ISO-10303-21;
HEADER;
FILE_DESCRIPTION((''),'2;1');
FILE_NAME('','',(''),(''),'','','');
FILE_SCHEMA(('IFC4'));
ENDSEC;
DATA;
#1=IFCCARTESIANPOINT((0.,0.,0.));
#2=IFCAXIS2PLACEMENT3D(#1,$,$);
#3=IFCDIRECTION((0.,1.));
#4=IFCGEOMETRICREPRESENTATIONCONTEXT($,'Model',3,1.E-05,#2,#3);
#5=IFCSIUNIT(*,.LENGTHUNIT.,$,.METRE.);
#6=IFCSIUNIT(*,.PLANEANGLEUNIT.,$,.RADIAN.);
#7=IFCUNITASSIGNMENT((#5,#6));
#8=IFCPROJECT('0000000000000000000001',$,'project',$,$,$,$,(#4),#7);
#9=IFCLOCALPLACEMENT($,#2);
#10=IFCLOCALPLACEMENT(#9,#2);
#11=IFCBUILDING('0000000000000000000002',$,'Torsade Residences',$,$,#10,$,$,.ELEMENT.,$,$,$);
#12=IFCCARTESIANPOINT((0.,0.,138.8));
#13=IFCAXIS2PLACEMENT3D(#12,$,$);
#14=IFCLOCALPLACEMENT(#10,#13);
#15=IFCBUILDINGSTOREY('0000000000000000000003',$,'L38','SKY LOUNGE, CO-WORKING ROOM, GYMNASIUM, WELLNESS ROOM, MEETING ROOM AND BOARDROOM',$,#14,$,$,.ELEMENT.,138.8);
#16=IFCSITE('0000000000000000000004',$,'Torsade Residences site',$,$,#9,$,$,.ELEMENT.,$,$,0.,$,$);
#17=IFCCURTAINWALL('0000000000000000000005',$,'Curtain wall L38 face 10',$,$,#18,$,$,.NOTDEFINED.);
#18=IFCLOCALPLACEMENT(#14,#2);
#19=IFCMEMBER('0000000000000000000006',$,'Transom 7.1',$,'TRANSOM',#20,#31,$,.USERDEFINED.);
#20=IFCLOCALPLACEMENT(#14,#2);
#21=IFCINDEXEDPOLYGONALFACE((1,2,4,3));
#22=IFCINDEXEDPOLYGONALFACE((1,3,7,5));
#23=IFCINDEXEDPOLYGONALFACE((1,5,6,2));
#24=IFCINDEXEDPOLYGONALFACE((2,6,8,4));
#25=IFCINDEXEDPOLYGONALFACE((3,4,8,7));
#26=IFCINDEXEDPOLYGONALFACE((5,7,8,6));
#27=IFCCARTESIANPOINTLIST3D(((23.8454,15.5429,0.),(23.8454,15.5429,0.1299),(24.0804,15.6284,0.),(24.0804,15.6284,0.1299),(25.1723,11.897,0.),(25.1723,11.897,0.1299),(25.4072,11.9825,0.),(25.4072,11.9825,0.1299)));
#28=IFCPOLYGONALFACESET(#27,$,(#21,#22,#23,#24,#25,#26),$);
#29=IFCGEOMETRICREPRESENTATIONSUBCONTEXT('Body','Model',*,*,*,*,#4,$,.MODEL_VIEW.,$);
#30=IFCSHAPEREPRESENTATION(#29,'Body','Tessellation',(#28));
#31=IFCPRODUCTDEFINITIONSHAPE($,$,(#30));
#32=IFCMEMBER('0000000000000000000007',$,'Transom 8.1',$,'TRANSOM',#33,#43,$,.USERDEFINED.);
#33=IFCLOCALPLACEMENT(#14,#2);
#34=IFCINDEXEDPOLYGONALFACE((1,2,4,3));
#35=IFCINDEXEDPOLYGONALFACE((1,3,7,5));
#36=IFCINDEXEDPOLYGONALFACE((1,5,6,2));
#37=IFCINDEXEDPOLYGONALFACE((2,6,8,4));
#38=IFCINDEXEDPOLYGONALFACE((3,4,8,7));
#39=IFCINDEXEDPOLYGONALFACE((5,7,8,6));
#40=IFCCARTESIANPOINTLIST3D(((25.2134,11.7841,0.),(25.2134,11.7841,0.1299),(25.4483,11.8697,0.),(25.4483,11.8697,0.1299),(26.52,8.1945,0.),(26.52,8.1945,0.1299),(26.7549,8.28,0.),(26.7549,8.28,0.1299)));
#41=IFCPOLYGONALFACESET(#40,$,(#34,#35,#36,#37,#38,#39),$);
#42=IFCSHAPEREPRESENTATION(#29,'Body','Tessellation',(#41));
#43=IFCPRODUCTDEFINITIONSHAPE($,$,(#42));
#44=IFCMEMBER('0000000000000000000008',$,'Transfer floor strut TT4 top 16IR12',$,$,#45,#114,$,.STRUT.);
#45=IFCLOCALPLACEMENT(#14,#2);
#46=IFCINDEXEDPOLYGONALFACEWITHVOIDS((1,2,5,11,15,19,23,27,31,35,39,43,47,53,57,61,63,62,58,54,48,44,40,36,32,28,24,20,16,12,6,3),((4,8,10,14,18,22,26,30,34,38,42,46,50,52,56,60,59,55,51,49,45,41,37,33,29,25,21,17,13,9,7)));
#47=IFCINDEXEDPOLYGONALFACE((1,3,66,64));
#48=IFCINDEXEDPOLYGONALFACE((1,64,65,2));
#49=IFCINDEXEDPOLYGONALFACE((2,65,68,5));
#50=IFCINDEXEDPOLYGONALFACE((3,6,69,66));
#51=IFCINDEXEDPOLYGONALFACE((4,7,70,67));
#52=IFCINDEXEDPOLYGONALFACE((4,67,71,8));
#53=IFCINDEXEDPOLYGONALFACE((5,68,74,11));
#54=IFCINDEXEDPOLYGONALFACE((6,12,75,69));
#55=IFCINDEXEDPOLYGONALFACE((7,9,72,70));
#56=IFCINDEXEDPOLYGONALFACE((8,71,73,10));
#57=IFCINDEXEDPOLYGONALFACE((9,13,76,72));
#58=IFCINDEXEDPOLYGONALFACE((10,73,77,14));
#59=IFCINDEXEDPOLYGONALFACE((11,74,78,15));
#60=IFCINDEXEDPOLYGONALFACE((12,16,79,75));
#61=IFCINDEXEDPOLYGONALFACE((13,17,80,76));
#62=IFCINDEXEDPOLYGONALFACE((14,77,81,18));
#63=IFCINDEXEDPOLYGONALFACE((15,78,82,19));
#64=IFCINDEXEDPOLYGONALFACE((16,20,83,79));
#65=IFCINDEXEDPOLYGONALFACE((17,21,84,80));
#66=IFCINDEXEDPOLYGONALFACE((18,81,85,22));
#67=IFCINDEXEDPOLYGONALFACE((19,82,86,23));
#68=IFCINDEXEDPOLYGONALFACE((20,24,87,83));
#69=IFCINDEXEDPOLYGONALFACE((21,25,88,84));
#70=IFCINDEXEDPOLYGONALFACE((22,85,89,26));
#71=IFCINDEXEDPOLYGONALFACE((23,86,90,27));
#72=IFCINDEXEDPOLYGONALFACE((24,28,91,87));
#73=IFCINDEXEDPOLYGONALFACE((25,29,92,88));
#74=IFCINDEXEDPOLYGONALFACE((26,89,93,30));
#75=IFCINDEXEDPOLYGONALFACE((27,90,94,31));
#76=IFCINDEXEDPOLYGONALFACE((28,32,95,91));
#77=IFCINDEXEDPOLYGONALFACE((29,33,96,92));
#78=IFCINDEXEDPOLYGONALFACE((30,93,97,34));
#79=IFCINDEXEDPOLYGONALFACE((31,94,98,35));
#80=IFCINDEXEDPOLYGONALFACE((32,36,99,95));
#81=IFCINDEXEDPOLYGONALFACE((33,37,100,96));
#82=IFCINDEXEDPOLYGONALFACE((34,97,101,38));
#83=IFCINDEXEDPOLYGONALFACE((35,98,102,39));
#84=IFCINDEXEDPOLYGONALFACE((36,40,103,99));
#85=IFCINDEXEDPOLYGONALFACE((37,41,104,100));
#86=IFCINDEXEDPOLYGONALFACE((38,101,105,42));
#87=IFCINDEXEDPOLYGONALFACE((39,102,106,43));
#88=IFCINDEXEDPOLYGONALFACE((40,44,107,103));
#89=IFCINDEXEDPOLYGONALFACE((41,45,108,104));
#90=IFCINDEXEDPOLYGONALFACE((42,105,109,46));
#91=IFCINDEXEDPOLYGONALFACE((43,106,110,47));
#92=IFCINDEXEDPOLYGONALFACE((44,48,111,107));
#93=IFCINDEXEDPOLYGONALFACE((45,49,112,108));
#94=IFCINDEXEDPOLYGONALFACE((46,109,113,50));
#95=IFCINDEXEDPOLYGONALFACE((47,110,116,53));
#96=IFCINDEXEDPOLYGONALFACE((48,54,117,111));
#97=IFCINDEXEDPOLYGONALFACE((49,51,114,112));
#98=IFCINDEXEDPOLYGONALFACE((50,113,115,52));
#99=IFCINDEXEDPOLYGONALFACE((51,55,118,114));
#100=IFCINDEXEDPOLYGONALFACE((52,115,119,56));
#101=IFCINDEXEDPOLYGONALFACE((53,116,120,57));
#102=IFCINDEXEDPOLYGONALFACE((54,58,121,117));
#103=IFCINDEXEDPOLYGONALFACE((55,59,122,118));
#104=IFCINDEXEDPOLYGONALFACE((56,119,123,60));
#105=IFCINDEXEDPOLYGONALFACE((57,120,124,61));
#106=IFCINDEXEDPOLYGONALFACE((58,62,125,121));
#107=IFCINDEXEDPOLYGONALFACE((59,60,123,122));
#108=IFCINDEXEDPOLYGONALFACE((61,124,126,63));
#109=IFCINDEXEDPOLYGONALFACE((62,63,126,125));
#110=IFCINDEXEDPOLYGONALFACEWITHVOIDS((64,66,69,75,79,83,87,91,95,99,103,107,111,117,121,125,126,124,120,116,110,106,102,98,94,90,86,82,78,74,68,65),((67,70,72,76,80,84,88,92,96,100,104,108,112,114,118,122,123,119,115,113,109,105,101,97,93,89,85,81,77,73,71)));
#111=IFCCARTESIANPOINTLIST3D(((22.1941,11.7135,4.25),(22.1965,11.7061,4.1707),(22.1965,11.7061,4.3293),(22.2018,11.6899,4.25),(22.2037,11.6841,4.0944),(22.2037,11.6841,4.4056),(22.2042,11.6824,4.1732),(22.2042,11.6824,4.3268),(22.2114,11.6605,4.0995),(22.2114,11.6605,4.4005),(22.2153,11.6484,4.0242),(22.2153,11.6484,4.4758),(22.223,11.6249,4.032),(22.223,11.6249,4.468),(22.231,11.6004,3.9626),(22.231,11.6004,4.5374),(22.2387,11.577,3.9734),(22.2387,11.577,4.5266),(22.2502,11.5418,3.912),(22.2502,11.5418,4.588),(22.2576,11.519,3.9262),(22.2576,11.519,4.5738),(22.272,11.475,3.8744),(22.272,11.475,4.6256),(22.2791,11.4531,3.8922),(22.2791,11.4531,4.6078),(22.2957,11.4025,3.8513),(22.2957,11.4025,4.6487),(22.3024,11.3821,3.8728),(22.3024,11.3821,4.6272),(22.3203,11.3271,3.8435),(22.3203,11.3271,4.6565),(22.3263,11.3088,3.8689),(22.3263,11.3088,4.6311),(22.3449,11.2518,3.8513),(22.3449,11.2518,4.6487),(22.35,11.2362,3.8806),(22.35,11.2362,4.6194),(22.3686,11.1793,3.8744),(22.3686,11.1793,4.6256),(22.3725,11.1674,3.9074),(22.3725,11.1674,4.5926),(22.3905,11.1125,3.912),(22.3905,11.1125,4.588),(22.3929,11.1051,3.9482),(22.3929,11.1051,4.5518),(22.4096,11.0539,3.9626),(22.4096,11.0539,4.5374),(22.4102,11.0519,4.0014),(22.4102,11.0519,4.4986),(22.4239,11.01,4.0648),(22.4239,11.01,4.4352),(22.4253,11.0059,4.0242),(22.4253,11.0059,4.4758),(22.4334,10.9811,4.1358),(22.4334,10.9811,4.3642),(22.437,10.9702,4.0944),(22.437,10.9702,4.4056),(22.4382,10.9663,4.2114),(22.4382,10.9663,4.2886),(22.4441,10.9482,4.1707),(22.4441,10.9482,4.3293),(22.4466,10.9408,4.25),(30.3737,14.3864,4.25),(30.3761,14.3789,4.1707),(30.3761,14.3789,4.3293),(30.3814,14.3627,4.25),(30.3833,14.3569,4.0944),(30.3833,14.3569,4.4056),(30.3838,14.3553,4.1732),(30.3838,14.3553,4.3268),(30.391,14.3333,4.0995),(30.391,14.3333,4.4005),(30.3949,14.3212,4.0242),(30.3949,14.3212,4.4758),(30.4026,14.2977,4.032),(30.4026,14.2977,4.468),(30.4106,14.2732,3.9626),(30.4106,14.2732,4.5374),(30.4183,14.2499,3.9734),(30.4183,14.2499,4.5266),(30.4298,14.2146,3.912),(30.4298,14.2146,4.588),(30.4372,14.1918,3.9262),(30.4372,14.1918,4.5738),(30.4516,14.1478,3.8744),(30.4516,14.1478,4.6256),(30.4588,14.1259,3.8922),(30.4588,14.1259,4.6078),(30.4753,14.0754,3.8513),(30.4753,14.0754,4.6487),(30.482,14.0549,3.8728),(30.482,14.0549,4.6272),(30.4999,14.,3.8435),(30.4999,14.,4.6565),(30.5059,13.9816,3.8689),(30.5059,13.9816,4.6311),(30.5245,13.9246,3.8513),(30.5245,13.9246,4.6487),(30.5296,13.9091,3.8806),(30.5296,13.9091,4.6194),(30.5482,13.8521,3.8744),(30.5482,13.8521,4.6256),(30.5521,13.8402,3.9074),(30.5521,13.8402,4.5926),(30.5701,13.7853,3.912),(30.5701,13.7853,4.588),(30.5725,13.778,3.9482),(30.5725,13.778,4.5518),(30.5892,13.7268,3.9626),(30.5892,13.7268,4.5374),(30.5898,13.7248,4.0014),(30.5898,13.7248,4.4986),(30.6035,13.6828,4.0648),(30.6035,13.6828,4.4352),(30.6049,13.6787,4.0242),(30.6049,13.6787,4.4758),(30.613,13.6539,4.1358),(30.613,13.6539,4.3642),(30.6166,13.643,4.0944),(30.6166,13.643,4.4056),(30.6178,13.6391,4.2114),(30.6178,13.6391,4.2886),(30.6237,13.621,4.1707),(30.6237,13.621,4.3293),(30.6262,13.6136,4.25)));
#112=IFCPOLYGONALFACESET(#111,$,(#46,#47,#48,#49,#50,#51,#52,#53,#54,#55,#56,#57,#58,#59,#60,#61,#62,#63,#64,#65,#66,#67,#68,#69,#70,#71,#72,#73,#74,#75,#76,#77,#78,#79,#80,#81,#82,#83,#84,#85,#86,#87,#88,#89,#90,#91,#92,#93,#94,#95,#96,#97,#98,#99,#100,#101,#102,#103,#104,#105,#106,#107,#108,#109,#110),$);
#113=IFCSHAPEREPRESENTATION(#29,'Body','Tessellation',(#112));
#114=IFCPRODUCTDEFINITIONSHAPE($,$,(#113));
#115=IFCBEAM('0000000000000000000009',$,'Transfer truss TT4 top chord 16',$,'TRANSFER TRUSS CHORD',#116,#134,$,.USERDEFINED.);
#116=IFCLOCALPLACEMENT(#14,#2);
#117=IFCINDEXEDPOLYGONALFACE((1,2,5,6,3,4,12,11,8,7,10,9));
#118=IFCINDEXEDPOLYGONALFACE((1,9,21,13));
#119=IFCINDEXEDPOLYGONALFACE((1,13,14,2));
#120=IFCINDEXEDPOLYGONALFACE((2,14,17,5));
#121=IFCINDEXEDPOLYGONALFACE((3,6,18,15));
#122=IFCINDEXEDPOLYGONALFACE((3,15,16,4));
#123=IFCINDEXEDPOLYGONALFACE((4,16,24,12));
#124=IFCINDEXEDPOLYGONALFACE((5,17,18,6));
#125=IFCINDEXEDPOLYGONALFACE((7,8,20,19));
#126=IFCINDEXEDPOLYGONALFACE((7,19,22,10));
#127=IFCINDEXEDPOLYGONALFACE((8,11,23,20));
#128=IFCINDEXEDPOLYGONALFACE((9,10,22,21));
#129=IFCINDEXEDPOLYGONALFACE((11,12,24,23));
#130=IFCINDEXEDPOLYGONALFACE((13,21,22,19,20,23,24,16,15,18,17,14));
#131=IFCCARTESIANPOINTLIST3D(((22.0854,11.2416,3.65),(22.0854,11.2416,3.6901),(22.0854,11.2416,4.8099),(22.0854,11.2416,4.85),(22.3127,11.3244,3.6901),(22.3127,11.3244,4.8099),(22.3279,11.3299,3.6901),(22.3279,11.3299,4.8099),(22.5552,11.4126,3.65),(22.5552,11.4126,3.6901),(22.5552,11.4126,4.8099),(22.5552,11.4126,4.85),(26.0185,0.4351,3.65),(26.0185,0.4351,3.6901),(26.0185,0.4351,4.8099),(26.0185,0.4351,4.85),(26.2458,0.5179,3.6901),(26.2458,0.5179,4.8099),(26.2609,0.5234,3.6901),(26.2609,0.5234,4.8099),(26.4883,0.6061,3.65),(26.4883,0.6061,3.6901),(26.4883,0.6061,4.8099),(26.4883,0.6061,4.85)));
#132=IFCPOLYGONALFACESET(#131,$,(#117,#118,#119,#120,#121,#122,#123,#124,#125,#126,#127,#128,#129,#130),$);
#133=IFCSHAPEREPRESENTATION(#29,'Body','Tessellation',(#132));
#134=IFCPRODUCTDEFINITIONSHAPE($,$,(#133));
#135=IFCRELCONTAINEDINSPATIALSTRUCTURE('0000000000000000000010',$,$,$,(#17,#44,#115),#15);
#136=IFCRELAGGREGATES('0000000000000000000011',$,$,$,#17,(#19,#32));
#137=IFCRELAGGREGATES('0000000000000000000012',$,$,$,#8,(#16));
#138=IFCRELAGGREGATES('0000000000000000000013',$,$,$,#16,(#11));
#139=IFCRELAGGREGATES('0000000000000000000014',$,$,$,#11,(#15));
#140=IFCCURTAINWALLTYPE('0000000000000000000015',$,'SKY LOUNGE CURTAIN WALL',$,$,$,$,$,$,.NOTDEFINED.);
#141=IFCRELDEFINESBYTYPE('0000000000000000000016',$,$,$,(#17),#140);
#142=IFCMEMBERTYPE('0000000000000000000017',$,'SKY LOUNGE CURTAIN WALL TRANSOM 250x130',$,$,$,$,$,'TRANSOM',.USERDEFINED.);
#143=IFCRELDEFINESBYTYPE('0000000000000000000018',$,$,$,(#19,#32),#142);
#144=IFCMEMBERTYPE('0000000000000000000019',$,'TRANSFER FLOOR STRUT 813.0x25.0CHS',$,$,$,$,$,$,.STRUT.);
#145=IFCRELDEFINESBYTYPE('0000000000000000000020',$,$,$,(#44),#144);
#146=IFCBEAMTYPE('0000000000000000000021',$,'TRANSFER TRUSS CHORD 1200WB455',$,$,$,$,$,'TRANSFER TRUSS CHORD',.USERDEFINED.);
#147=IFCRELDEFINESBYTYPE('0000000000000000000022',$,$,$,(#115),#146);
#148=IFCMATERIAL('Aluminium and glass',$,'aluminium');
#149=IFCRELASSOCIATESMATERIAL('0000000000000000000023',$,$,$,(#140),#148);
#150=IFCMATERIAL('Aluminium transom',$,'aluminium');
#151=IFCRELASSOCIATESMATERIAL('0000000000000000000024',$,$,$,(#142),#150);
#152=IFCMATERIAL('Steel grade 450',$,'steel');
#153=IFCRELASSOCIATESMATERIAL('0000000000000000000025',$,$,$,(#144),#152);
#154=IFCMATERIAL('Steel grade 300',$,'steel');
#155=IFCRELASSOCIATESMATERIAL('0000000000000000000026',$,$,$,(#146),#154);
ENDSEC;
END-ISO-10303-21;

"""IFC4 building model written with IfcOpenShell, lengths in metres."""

from ifc_helpers import new_model, si_unit, direction, frame, origin, origin_2d, place, context, subcontext, project, spatial, rectangle, hollow_circle, i_section, extrude, material, material_profile, profile_set, type_object, element, aggregate, save


model = new_model("IFC4")

# Units and contexts
model_context = context("Model", 3, precision=1e-05, world=origin(), true_north=direction((0.0, 1.0)))
body_context = subcontext(model_context, "Body", "Model", "MODEL_VIEW")
ifc_project = project(units=[si_unit("LENGTHUNIT", "METRE"), si_unit("PLANEANGLEUNIT", "RADIAN")], contexts=[model_context])

# Site, building, storey
site_placement = place(None, origin())
site = spatial("IfcSite", under=ifc_project, at=site_placement, Name="Torsade Residences site", CompositionType="ELEMENT", RefElevation=0.0)
building_placement = place(site_placement, origin())
building = spatial("IfcBuilding", under=site, at=building_placement, Name="Torsade Residences", CompositionType="ELEMENT")
storey_placement = place(building_placement, frame((0.0, 0.0, 138.8)))
storey = spatial("IfcBuildingStorey", under=building, at=storey_placement, Name="L38", Description="SKY LOUNGE, CO-WORKING ROOM, GYMNASIUM, WELLNESS ROOM, MEETING ROOM AND BOARDROOM", CompositionType="ELEMENT", Elevation=138.8)

# Curtain wall, members
ifc_material_1 = material(Name="Aluminium and glass", Category="aluminium")
curtain_wall_type = type_object("IfcCurtainWallType", Name="SKY LOUNGE CURTAIN WALL", PredefinedType="NOTDEFINED", material=ifc_material_1)
curtain_wall_placement = place(storey_placement, origin())
curtain_wall = element("IfcCurtainWall", 1, at=curtain_wall_placement, inside=storey, type_object=curtain_wall_type, Name="Curtain wall L38 face 10", PredefinedType="NOTDEFINED")
ifc_material_2 = material(Name="Aluminium transom", Category="aluminium")
ifc_material_profile_1 = material_profile(ifc_material_2, rectangle(XDim=0.25, YDim=0.1299, at=origin_2d()), Name="SKY LOUNGE CURTAIN WALL TRANSOM 250x130")
ifc_profile_set_1 = profile_set([ifc_material_profile_1], Name="Aluminium transom")
member_type_1 = type_object("IfcMemberType", Name="SKY LOUNGE CURTAIN WALL TRANSOM 250x130", ElementType="TRANSOM", PredefinedType="USERDEFINED", material=ifc_profile_set_1)
member_1_placement = place(storey_placement, frame((23.9629, 15.5857, 0.0649), z_axis=(0.341991, -0.939703, 0.0), x_axis=(0.939703, 0.341991, 0.0)))
member_1 = element("IfcMember", 2, at=member_1_placement, type_object=member_type_1, Name="Transom 7.1", ObjectType="TRANSOM", PredefinedType="USERDEFINED", context=body_context, shape_type="SweptSolid", body=[
    extrude(rectangle(XDim=0.25, YDim=0.1299, at=origin_2d()), origin(), (0.0, 0.0, 1.0), 3.8799),
])
member_2_placement = place(storey_placement, frame((25.3308, 11.8269, 0.0649), z_axis=(0.342051, -0.939681, 0.0), x_axis=(0.939681, 0.342051, 0.0)))
member_2 = element("IfcMember", 3, at=member_2_placement, type_object=member_type_1, Name="Transom 8.1", ObjectType="TRANSOM", PredefinedType="USERDEFINED", context=body_context, shape_type="SweptSolid", body=[
    extrude(rectangle(XDim=0.25, YDim=0.1299, at=origin_2d()), origin(), (0.0, 0.0, 1.0), 3.8201),
])

# Member
ifc_material_3 = material(Name="Steel grade 450", Category="steel")
ifc_material_profile_2 = material_profile(ifc_material_3, hollow_circle(Radius=0.4065, WallThickness=0.0249, at=origin_2d()), Name="813.0x25.0CHS")
ifc_profile_set_2 = profile_set([ifc_material_profile_2], Name="Steel grade 450")
member_type_2 = type_object("IfcMemberType", Name="TRANSFER FLOOR STRUT 813.0x25.0CHS", PredefinedType="STRUT", material=ifc_profile_set_2)
member_3_placement = place(storey_placement, frame((22.3203, 11.3271, 4.25), z_axis=(0.950539, 0.310605, 0.0), x_axis=(-0.310605, 0.950539, 0.0)))
element("IfcMember", 4, at=member_3_placement, inside=storey, type_object=member_type_2, Name="Transfer floor strut TT4 top 16IR12", PredefinedType="STRUT", context=body_context, shape_type="SweptSolid", body=[
    extrude(hollow_circle(Radius=0.4065, WallThickness=0.0249, at=origin_2d()), origin(), (0.0, 0.0, 1.0), 8.6052),
])

# Beam
ifc_material_4 = material(Name="Steel grade 300", Category="steel")
ifc_material_profile_3 = material_profile(ifc_material_4, i_section(OverallWidth=0.5, OverallDepth=1.2, WebThickness=0.0161, FlangeThickness=0.04, at=origin_2d()), Name="1200WB455")
ifc_profile_set_3 = profile_set([ifc_material_profile_3], Name="Steel grade 300")
beam_type_1 = type_object("IfcBeamType", Name="TRANSFER TRUSS CHORD 1200WB455", ElementType="TRANSFER TRUSS CHORD", PredefinedType="USERDEFINED", material=ifc_profile_set_3)
beam_1_placement = place(storey_placement, frame((22.3203, 11.3271, 4.25), z_axis=(0.342006, -0.939698, 0.0), x_axis=(0.939698, 0.342006, 0.0)))
element("IfcBeam", 5, at=beam_1_placement, inside=storey, type_object=beam_type_1, Name="Transfer truss TT4 top chord 16", ObjectType="TRANSFER TRUSS CHORD", PredefinedType="USERDEFINED", context=body_context, shape_type="SweptSolid", body=[
    extrude(i_section(OverallWidth=0.5, OverallDepth=1.2, WebThickness=0.0161, FlangeThickness=0.04, at=origin_2d()), origin(), (0.0, 0.0, 1.0), 11.5),
])

aggregate(curtain_wall, [member_1, member_2])

save(model, "model.ifc")
